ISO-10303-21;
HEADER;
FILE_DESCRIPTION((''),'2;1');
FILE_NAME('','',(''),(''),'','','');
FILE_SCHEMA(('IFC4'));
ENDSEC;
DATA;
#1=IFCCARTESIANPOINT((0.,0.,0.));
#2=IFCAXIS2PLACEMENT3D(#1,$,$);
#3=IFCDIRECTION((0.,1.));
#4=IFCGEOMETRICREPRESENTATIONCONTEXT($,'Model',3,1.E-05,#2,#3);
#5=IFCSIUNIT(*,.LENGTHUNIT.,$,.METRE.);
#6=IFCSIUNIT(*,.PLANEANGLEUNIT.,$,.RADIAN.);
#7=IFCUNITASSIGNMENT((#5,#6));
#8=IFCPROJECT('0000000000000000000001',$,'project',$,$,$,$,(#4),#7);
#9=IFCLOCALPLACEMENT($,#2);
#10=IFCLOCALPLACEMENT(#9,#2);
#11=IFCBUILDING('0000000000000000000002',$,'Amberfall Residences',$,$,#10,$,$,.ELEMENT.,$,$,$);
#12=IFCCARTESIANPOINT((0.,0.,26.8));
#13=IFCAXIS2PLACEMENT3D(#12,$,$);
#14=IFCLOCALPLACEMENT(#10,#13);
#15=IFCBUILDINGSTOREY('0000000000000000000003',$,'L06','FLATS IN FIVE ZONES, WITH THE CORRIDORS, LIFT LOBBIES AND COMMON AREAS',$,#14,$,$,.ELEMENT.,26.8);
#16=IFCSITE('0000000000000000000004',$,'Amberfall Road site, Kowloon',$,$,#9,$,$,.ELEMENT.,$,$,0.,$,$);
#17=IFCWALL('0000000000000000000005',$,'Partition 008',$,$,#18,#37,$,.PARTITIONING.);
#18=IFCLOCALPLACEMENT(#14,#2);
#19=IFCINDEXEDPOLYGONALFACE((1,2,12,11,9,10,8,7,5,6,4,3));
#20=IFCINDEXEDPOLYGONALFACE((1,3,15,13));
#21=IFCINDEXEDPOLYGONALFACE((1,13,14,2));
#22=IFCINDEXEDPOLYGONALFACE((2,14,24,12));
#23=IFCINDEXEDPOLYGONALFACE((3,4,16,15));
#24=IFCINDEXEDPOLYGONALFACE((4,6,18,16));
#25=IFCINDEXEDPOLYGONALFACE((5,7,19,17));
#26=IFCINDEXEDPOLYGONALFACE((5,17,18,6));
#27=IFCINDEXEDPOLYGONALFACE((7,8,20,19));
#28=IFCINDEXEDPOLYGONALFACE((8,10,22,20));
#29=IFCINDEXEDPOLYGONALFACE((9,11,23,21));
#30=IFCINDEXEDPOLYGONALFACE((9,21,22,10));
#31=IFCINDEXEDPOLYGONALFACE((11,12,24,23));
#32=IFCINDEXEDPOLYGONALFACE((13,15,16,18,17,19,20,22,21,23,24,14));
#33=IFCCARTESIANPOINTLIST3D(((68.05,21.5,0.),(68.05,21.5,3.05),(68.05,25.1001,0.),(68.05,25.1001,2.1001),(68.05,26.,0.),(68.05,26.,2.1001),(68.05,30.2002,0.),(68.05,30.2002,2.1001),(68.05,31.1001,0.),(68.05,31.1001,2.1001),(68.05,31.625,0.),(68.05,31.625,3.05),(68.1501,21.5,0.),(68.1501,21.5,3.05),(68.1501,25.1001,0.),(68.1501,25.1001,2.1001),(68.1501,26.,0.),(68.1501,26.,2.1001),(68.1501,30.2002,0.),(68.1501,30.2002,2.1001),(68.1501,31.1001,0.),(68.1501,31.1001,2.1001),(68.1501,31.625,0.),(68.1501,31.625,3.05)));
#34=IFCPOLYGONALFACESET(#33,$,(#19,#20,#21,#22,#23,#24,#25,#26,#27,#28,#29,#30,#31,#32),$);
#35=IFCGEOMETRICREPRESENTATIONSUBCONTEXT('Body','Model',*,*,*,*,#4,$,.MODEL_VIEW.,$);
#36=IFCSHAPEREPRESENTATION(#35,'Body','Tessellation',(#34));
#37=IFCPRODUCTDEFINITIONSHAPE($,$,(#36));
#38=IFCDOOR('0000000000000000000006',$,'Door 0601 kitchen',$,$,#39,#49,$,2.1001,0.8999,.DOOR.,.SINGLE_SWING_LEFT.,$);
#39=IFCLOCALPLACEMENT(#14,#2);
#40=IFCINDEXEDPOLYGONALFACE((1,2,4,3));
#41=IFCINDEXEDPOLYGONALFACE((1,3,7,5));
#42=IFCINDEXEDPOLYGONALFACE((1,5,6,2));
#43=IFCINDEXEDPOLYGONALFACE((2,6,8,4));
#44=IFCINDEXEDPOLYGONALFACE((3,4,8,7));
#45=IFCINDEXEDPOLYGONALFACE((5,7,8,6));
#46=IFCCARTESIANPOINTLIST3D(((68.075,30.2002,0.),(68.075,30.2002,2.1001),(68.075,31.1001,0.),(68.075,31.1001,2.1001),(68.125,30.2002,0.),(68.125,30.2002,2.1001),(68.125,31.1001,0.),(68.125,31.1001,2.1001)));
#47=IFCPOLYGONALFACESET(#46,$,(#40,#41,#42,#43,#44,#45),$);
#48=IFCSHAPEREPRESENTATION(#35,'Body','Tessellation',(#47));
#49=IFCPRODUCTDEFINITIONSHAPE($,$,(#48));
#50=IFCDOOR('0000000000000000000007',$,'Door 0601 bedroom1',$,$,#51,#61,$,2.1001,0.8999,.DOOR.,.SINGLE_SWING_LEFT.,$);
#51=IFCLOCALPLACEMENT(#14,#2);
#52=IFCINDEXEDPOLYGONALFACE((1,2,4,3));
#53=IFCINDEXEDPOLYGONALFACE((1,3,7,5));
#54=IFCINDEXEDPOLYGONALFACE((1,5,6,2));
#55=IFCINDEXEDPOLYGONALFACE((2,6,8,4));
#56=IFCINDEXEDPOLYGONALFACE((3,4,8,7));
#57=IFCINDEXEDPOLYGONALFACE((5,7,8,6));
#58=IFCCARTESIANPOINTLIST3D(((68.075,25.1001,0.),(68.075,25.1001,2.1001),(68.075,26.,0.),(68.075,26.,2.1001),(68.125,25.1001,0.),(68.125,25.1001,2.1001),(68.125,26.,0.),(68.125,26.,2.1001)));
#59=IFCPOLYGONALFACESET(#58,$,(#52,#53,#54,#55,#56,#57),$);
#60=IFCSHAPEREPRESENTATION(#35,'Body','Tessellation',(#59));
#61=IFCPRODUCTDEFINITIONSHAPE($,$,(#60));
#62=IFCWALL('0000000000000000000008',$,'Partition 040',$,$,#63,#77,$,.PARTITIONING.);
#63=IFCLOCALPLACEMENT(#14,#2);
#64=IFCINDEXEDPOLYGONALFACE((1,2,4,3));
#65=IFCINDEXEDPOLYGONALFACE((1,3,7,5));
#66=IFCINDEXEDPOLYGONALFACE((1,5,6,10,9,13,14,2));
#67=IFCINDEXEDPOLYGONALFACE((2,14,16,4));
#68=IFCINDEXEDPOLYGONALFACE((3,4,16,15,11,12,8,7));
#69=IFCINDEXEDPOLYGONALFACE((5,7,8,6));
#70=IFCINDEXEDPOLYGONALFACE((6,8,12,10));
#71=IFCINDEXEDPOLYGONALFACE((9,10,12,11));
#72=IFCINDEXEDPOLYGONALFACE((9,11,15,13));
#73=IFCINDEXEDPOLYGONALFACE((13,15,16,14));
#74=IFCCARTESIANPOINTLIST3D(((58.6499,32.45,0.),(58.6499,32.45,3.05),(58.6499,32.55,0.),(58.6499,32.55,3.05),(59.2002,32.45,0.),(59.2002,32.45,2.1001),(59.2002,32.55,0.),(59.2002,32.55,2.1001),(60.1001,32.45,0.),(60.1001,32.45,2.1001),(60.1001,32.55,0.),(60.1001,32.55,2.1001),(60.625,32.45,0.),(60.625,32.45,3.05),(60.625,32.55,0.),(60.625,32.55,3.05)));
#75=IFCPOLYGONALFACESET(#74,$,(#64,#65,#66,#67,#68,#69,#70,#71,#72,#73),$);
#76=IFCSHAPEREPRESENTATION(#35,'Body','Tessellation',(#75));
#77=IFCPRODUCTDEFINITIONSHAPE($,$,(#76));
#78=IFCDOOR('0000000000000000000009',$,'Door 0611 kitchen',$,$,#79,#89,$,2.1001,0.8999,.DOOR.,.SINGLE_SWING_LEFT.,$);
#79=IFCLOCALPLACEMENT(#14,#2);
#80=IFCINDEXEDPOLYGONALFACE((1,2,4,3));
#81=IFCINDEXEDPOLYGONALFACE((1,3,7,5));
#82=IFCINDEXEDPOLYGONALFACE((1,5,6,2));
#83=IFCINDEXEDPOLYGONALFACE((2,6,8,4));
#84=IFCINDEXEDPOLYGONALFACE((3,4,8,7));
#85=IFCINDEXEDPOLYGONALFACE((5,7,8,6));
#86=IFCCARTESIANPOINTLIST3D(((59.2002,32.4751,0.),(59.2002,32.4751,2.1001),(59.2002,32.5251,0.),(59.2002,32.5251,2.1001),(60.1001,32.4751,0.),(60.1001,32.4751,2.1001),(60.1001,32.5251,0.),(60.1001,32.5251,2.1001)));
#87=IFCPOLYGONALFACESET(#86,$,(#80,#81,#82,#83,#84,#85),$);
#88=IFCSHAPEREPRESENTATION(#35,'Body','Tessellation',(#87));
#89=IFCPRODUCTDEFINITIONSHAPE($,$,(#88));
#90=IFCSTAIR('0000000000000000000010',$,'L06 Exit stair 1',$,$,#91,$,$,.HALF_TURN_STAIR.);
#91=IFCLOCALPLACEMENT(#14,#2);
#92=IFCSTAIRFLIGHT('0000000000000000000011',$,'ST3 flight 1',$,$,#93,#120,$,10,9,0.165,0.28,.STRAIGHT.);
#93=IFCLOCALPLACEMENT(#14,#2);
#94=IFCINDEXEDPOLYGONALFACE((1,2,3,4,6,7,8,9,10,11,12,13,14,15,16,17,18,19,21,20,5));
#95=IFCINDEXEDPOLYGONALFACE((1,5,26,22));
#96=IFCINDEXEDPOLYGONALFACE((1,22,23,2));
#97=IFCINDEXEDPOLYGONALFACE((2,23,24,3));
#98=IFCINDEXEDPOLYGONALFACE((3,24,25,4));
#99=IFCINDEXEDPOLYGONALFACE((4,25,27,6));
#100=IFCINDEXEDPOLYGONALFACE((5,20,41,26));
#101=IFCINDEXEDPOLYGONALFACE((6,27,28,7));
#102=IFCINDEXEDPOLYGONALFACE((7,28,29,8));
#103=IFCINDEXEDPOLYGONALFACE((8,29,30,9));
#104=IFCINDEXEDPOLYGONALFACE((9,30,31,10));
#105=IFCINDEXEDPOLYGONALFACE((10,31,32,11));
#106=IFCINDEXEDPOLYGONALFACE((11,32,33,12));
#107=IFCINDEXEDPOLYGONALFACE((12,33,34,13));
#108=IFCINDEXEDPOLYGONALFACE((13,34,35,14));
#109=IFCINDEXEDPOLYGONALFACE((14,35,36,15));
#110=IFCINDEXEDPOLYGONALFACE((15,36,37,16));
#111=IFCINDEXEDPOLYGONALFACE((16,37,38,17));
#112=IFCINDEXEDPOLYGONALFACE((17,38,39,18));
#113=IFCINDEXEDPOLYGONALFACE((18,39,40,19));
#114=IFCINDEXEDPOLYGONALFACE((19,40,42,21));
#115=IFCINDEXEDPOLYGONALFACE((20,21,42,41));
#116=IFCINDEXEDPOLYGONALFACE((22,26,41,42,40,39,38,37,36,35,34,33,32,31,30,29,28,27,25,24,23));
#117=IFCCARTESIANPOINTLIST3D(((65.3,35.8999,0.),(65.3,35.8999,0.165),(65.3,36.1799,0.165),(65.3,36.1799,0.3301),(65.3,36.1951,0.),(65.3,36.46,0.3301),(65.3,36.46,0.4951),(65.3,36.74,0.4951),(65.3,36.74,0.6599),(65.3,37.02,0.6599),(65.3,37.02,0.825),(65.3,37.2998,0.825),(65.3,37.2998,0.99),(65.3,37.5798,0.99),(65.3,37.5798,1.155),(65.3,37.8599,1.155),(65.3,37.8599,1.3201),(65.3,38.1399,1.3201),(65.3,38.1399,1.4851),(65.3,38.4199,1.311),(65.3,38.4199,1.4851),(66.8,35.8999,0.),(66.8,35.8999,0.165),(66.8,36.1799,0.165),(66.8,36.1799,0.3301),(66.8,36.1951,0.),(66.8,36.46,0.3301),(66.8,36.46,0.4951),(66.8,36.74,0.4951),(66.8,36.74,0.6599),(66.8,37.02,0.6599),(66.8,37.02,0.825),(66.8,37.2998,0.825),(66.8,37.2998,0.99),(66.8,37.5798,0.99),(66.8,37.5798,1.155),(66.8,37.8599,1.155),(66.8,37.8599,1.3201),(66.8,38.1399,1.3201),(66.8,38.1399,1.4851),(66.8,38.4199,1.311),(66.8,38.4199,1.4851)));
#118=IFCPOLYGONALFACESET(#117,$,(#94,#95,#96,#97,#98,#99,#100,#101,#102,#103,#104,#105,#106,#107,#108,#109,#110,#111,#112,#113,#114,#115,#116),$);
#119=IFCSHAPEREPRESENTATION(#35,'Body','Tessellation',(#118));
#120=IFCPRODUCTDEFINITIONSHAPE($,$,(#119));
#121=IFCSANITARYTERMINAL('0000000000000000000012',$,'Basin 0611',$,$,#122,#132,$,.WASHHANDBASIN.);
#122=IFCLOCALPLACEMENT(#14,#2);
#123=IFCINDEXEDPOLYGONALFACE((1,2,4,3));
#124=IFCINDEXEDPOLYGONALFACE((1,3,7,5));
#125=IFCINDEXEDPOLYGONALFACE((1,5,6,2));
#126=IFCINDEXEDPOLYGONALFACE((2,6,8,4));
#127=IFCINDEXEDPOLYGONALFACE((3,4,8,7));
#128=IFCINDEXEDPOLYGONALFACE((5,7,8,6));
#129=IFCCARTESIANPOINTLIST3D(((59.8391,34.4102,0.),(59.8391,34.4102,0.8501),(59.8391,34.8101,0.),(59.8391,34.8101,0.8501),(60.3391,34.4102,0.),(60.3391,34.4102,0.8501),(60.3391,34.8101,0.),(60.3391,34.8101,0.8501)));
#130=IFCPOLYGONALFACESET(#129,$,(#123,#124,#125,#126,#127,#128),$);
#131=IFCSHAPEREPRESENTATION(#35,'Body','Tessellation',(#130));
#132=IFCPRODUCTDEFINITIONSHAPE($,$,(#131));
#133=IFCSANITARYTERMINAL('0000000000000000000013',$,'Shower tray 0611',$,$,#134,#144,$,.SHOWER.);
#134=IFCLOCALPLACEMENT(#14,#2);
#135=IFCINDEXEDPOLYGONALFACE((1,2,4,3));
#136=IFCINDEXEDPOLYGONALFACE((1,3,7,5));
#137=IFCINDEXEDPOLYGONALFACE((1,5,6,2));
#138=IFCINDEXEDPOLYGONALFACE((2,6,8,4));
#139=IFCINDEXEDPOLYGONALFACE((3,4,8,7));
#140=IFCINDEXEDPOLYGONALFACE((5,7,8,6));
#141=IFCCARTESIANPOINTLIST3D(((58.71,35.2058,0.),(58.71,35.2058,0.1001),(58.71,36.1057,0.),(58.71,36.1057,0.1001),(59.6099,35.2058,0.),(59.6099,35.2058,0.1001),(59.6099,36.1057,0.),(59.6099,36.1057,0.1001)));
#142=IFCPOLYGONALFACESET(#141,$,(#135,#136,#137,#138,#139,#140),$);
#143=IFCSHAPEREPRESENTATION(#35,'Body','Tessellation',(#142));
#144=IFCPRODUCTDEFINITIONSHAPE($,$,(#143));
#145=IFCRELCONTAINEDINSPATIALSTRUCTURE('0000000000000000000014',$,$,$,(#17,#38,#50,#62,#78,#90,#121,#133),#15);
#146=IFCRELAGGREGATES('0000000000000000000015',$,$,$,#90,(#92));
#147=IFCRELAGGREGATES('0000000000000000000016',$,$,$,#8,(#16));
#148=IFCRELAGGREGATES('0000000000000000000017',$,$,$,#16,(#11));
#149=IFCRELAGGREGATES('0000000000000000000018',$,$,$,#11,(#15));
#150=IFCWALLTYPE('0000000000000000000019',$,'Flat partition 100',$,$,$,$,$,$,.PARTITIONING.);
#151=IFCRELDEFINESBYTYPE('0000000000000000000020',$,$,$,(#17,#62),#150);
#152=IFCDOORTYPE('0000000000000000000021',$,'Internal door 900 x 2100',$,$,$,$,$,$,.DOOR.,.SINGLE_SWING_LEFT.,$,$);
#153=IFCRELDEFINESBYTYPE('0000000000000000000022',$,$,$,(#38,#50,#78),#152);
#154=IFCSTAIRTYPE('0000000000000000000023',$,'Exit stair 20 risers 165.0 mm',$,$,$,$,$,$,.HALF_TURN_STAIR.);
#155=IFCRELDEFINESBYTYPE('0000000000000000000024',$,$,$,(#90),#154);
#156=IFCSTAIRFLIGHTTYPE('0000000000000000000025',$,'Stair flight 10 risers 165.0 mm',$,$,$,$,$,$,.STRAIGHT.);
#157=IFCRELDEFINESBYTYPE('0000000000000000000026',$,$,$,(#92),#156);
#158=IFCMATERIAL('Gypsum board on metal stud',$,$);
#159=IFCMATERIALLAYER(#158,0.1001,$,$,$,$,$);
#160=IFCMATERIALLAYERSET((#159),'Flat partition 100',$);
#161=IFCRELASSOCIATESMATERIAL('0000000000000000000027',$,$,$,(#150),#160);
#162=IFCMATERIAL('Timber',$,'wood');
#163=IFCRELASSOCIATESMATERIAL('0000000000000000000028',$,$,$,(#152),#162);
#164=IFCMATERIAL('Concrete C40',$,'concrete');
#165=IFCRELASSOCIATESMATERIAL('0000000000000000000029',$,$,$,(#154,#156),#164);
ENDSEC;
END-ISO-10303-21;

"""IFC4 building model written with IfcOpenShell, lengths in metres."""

from ifc_helpers import new_model, si_unit, direction, frame, frame_2d, origin, origin_2d, place, context, subcontext, project, spatial, polyline, rectangle, outline, extrude, material, layer, layer_set, type_object, element, fill, aggregate, save


model = new_model("IFC4")

# Units and contexts
model_context = context("Model", 3, precision=1e-05, world=origin(), true_north=direction((0.0, 1.0)))
body_context = subcontext(model_context, "Body", "Model", "MODEL_VIEW")
ifc_project = project(units=[si_unit("LENGTHUNIT", "METRE"), si_unit("PLANEANGLEUNIT", "RADIAN")], contexts=[model_context])

# Site, building, storey
site_placement = place(None, origin())
site = spatial("IfcSite", under=ifc_project, at=site_placement, Name="Amberfall Road site, Kowloon", CompositionType="ELEMENT", RefElevation=0.0)
building_placement = place(site_placement, origin())
building = spatial("IfcBuilding", under=site, at=building_placement, Name="Amberfall Residences", CompositionType="ELEMENT")
storey_placement = place(building_placement, frame((0.0, 0.0, 26.8)))
storey = spatial("IfcBuildingStorey", under=building, at=storey_placement, Name="L06", Description="FLATS IN FIVE ZONES, WITH THE CORRIDORS, LIFT LOBBIES AND COMMON AREAS", CompositionType="ELEMENT", Elevation=26.8)

# Wall, openings, doors
ifc_material_1 = material(Name="Gypsum board on metal stud")
ifc_layer_1 = layer(ifc_material_1, 0.1001)
ifc_layer_set_1 = layer_set([ifc_layer_1], Name="Flat partition 100")
wall_type_1 = type_object("IfcWallType", Name="Flat partition 100", PredefinedType="PARTITIONING", material=ifc_layer_set_1)
wall_1_placement = place(storey_placement, frame((68.1001, 31.625, 0.0), z_axis=(0.0, 0.0, 1.0), x_axis=(0.0, -1.0, 0.0)))
wall_1 = element("IfcWall", 1, at=wall_1_placement, inside=storey, type_object=wall_type_1, Name="Partition 008", PredefinedType="PARTITIONING", context=body_context, shape_type="SweptSolid", body=[
    extrude(rectangle(XDim=10.125, YDim=0.1001, at=frame_2d((5.0625, 0.0))), origin(), (0.0, 0.0, 1.0), 3.05),
])
opening_1_placement = place(wall_1_placement, frame((0.5249, 0.0, 0.0)))
opening_1 = element("IfcOpeningElement", 2, at=opening_1_placement, cuts=wall_1, PredefinedType="OPENING", context=body_context, shape_type="SweptSolid", body=[
    extrude(rectangle(XDim=0.8999, YDim=2.1001, at=frame_2d((0.45, 1.05))), frame((0.0, 0.0601, 0.0), z_axis=(0.0, -1.0, 0.0), x_axis=(1.0, 0.0, 0.0)), (0.0, 0.0, 1.0), 0.1201),
])
opening_2_placement = place(wall_1_placement, frame((5.625, 0.0, 0.0)))
opening_2 = element("IfcOpeningElement", 3, at=opening_2_placement, cuts=wall_1, PredefinedType="OPENING", context=body_context, shape_type="SweptSolid", body=[
    extrude(rectangle(XDim=0.8999, YDim=2.1001, at=frame_2d((0.45, 1.05))), frame((0.0, 0.0601, 0.0), z_axis=(0.0, -1.0, 0.0), x_axis=(1.0, 0.0, 0.0)), (0.0, 0.0, 1.0), 0.1201),
])
ifc_material_2 = material(Name="Timber", Category="wood")
door_type_1 = type_object("IfcDoorType", Name="Internal door 900 x 2100", OperationType="SINGLE_SWING_LEFT", PredefinedType="DOOR", material=ifc_material_2)
door_1_placement = place(opening_1_placement, origin())
door_1 = element("IfcDoor", 4, at=door_1_placement, inside=storey, type_object=door_type_1, Name="Door 0601 kitchen", OperationType="SINGLE_SWING_LEFT", OverallHeight=2.1001, OverallWidth=0.8999, PredefinedType="DOOR", context=body_context, shape_type="SweptSolid", body=[
    extrude(rectangle(XDim=0.8999, YDim=2.1001, at=frame_2d((0.45, 1.05))), frame((0.0, 0.0249, 0.0), z_axis=(0.0, -1.0, 0.0), x_axis=(1.0, 0.0, 0.0)), (0.0, 0.0, 1.0), 0.05),
])
fill(opening_1, door_1)
door_2_placement = place(opening_2_placement, origin())
door_2 = element("IfcDoor", 5, at=door_2_placement, inside=storey, type_object=door_type_1, Name="Door 0601 bedroom1", OperationType="SINGLE_SWING_LEFT", OverallHeight=2.1001, OverallWidth=0.8999, PredefinedType="DOOR", context=body_context, shape_type="SweptSolid", body=[
    extrude(rectangle(XDim=0.8999, YDim=2.1001, at=frame_2d((0.45, 1.05))), frame((0.0, 0.0249, 0.0), z_axis=(0.0, -1.0, 0.0), x_axis=(1.0, 0.0, 0.0)), (0.0, 0.0, 1.0), 0.05),
])
fill(opening_2, door_2)

# Wall, opening, door
wall_2_placement = place(storey_placement, frame((60.625, 32.5, 0.0), z_axis=(0.0, 0.0, 1.0), x_axis=(-1.0, 0.0, 0.0)))
wall_2 = element("IfcWall", 6, at=wall_2_placement, inside=storey, type_object=wall_type_1, Name="Partition 040", PredefinedType="PARTITIONING", context=body_context, shape_type="SweptSolid", body=[
    extrude(rectangle(XDim=1.9751, YDim=0.1001, at=frame_2d((0.9875, 0.0))), origin(), (0.0, 0.0, 1.0), 3.05),
])
opening_3_placement = place(wall_2_placement, frame((0.5249, 0.0, 0.0)))
opening_3 = element("IfcOpeningElement", 7, at=opening_3_placement, cuts=wall_2, PredefinedType="OPENING", context=body_context, shape_type="SweptSolid", body=[
    extrude(rectangle(XDim=0.8999, YDim=2.1001, at=frame_2d((0.45, 1.05))), frame((0.0, 0.0601, 0.0), z_axis=(0.0, -1.0, 0.0), x_axis=(1.0, 0.0, 0.0)), (0.0, 0.0, 1.0), 0.1201),
])
door_3_placement = place(opening_3_placement, origin())
door_3 = element("IfcDoor", 8, at=door_3_placement, inside=storey, type_object=door_type_1, Name="Door 0611 kitchen", OperationType="SINGLE_SWING_LEFT", OverallHeight=2.1001, OverallWidth=0.8999, PredefinedType="DOOR", context=body_context, shape_type="SweptSolid", body=[
    extrude(rectangle(XDim=0.8999, YDim=2.1001, at=frame_2d((0.45, 1.05))), frame((0.0, 0.0249, 0.0), z_axis=(0.0, -1.0, 0.0), x_axis=(1.0, 0.0, 0.0)), (0.0, 0.0, 1.0), 0.05),
])
fill(opening_3, door_3)

# Stair, stair flight
ifc_material_3 = material(Name="Concrete C40", Category="concrete")
stair_type = type_object("IfcStairType", Name="Exit stair 20 risers 165.0 mm", PredefinedType="HALF_TURN_STAIR", material=ifc_material_3)
stair_placement = place(storey_placement, origin())
stair = element("IfcStair", 9, at=stair_placement, inside=storey, type_object=stair_type, Name="L06 Exit stair 1", PredefinedType="HALF_TURN_STAIR")
stair_flight_type = type_object("IfcStairFlightType", Name="Stair flight 10 risers 165.0 mm", PredefinedType="STRAIGHT", material=ifc_material_3)
stair_flight_placement = place(storey_placement, frame((66.05, 35.8999, 0.0), z_axis=(0.0, 0.0, 1.0), x_axis=(0.0, 1.0, 0.0)))
stair_flight = element("IfcStairFlight", 10, at=stair_flight_placement, type_object=stair_flight_type, Name="ST3 flight 1", NumberOfRisers=10, NumberOfTreads=9, PredefinedType="STRAIGHT", RiserHeight=0.165, TreadLength=0.28, context=body_context, shape_type="SweptSolid", body=[
    extrude(outline(polyline([(0.0, 0.0), (0.0, 0.165), (0.28, 0.165), (0.28, 0.3301), (0.5601, 0.3301), (0.5601, 0.4951), (0.8401, 0.4951), (0.8401, 0.6599), (1.1201, 0.6599), (1.1201, 0.825), (1.3999, 0.825), (1.3999, 0.99), (1.6799, 0.99), (1.6799, 1.155), (1.96, 1.155), (1.96, 1.3201), (2.24, 1.3201), (2.24, 1.4851), (2.52, 1.4851), (2.52, 1.6499), (2.52, 1.311), (0.2952, 0.0), (0.0, 0.0)])), frame((0.0, 0.75, 0.0), z_axis=(0.0, -1.0, 0.0), x_axis=(1.0, 0.0, 0.0)), (0.0, 0.0, 1.0), 1.5),
])
aggregate(stair, [stair_flight])

# Sanitary terminals
sanitary_terminal_1_placement = place(storey_placement, frame((60.0891, 34.6101, 0.0), z_axis=(0.0, 0.0, 1.0), x_axis=(1.0, 0.0, 0.0)))
element("IfcSanitaryTerminal", 11, at=sanitary_terminal_1_placement, inside=storey, Name="Basin 0611", PredefinedType="WASHHANDBASIN", context=body_context, shape_type="SweptSolid", body=[
    extrude(rectangle(XDim=0.5, YDim=0.3999, at=origin_2d()), origin(), (0.0, 0.0, 1.0), 0.8501),
])
sanitary_terminal_2_placement = place(storey_placement, frame((59.1599, 35.6558, 0.0), z_axis=(0.0, 0.0, 1.0), x_axis=(1.0, 0.0, 0.0)))
element("IfcSanitaryTerminal", 12, at=sanitary_terminal_2_placement, inside=storey, Name="Shower tray 0611", PredefinedType="SHOWER", context=body_context, shape_type="SweptSolid", body=[
    extrude(rectangle(XDim=0.8999, YDim=0.8999, at=origin_2d()), origin(), (0.0, 0.0, 1.0), 0.1001),
])

save(model, "model.ifc")
